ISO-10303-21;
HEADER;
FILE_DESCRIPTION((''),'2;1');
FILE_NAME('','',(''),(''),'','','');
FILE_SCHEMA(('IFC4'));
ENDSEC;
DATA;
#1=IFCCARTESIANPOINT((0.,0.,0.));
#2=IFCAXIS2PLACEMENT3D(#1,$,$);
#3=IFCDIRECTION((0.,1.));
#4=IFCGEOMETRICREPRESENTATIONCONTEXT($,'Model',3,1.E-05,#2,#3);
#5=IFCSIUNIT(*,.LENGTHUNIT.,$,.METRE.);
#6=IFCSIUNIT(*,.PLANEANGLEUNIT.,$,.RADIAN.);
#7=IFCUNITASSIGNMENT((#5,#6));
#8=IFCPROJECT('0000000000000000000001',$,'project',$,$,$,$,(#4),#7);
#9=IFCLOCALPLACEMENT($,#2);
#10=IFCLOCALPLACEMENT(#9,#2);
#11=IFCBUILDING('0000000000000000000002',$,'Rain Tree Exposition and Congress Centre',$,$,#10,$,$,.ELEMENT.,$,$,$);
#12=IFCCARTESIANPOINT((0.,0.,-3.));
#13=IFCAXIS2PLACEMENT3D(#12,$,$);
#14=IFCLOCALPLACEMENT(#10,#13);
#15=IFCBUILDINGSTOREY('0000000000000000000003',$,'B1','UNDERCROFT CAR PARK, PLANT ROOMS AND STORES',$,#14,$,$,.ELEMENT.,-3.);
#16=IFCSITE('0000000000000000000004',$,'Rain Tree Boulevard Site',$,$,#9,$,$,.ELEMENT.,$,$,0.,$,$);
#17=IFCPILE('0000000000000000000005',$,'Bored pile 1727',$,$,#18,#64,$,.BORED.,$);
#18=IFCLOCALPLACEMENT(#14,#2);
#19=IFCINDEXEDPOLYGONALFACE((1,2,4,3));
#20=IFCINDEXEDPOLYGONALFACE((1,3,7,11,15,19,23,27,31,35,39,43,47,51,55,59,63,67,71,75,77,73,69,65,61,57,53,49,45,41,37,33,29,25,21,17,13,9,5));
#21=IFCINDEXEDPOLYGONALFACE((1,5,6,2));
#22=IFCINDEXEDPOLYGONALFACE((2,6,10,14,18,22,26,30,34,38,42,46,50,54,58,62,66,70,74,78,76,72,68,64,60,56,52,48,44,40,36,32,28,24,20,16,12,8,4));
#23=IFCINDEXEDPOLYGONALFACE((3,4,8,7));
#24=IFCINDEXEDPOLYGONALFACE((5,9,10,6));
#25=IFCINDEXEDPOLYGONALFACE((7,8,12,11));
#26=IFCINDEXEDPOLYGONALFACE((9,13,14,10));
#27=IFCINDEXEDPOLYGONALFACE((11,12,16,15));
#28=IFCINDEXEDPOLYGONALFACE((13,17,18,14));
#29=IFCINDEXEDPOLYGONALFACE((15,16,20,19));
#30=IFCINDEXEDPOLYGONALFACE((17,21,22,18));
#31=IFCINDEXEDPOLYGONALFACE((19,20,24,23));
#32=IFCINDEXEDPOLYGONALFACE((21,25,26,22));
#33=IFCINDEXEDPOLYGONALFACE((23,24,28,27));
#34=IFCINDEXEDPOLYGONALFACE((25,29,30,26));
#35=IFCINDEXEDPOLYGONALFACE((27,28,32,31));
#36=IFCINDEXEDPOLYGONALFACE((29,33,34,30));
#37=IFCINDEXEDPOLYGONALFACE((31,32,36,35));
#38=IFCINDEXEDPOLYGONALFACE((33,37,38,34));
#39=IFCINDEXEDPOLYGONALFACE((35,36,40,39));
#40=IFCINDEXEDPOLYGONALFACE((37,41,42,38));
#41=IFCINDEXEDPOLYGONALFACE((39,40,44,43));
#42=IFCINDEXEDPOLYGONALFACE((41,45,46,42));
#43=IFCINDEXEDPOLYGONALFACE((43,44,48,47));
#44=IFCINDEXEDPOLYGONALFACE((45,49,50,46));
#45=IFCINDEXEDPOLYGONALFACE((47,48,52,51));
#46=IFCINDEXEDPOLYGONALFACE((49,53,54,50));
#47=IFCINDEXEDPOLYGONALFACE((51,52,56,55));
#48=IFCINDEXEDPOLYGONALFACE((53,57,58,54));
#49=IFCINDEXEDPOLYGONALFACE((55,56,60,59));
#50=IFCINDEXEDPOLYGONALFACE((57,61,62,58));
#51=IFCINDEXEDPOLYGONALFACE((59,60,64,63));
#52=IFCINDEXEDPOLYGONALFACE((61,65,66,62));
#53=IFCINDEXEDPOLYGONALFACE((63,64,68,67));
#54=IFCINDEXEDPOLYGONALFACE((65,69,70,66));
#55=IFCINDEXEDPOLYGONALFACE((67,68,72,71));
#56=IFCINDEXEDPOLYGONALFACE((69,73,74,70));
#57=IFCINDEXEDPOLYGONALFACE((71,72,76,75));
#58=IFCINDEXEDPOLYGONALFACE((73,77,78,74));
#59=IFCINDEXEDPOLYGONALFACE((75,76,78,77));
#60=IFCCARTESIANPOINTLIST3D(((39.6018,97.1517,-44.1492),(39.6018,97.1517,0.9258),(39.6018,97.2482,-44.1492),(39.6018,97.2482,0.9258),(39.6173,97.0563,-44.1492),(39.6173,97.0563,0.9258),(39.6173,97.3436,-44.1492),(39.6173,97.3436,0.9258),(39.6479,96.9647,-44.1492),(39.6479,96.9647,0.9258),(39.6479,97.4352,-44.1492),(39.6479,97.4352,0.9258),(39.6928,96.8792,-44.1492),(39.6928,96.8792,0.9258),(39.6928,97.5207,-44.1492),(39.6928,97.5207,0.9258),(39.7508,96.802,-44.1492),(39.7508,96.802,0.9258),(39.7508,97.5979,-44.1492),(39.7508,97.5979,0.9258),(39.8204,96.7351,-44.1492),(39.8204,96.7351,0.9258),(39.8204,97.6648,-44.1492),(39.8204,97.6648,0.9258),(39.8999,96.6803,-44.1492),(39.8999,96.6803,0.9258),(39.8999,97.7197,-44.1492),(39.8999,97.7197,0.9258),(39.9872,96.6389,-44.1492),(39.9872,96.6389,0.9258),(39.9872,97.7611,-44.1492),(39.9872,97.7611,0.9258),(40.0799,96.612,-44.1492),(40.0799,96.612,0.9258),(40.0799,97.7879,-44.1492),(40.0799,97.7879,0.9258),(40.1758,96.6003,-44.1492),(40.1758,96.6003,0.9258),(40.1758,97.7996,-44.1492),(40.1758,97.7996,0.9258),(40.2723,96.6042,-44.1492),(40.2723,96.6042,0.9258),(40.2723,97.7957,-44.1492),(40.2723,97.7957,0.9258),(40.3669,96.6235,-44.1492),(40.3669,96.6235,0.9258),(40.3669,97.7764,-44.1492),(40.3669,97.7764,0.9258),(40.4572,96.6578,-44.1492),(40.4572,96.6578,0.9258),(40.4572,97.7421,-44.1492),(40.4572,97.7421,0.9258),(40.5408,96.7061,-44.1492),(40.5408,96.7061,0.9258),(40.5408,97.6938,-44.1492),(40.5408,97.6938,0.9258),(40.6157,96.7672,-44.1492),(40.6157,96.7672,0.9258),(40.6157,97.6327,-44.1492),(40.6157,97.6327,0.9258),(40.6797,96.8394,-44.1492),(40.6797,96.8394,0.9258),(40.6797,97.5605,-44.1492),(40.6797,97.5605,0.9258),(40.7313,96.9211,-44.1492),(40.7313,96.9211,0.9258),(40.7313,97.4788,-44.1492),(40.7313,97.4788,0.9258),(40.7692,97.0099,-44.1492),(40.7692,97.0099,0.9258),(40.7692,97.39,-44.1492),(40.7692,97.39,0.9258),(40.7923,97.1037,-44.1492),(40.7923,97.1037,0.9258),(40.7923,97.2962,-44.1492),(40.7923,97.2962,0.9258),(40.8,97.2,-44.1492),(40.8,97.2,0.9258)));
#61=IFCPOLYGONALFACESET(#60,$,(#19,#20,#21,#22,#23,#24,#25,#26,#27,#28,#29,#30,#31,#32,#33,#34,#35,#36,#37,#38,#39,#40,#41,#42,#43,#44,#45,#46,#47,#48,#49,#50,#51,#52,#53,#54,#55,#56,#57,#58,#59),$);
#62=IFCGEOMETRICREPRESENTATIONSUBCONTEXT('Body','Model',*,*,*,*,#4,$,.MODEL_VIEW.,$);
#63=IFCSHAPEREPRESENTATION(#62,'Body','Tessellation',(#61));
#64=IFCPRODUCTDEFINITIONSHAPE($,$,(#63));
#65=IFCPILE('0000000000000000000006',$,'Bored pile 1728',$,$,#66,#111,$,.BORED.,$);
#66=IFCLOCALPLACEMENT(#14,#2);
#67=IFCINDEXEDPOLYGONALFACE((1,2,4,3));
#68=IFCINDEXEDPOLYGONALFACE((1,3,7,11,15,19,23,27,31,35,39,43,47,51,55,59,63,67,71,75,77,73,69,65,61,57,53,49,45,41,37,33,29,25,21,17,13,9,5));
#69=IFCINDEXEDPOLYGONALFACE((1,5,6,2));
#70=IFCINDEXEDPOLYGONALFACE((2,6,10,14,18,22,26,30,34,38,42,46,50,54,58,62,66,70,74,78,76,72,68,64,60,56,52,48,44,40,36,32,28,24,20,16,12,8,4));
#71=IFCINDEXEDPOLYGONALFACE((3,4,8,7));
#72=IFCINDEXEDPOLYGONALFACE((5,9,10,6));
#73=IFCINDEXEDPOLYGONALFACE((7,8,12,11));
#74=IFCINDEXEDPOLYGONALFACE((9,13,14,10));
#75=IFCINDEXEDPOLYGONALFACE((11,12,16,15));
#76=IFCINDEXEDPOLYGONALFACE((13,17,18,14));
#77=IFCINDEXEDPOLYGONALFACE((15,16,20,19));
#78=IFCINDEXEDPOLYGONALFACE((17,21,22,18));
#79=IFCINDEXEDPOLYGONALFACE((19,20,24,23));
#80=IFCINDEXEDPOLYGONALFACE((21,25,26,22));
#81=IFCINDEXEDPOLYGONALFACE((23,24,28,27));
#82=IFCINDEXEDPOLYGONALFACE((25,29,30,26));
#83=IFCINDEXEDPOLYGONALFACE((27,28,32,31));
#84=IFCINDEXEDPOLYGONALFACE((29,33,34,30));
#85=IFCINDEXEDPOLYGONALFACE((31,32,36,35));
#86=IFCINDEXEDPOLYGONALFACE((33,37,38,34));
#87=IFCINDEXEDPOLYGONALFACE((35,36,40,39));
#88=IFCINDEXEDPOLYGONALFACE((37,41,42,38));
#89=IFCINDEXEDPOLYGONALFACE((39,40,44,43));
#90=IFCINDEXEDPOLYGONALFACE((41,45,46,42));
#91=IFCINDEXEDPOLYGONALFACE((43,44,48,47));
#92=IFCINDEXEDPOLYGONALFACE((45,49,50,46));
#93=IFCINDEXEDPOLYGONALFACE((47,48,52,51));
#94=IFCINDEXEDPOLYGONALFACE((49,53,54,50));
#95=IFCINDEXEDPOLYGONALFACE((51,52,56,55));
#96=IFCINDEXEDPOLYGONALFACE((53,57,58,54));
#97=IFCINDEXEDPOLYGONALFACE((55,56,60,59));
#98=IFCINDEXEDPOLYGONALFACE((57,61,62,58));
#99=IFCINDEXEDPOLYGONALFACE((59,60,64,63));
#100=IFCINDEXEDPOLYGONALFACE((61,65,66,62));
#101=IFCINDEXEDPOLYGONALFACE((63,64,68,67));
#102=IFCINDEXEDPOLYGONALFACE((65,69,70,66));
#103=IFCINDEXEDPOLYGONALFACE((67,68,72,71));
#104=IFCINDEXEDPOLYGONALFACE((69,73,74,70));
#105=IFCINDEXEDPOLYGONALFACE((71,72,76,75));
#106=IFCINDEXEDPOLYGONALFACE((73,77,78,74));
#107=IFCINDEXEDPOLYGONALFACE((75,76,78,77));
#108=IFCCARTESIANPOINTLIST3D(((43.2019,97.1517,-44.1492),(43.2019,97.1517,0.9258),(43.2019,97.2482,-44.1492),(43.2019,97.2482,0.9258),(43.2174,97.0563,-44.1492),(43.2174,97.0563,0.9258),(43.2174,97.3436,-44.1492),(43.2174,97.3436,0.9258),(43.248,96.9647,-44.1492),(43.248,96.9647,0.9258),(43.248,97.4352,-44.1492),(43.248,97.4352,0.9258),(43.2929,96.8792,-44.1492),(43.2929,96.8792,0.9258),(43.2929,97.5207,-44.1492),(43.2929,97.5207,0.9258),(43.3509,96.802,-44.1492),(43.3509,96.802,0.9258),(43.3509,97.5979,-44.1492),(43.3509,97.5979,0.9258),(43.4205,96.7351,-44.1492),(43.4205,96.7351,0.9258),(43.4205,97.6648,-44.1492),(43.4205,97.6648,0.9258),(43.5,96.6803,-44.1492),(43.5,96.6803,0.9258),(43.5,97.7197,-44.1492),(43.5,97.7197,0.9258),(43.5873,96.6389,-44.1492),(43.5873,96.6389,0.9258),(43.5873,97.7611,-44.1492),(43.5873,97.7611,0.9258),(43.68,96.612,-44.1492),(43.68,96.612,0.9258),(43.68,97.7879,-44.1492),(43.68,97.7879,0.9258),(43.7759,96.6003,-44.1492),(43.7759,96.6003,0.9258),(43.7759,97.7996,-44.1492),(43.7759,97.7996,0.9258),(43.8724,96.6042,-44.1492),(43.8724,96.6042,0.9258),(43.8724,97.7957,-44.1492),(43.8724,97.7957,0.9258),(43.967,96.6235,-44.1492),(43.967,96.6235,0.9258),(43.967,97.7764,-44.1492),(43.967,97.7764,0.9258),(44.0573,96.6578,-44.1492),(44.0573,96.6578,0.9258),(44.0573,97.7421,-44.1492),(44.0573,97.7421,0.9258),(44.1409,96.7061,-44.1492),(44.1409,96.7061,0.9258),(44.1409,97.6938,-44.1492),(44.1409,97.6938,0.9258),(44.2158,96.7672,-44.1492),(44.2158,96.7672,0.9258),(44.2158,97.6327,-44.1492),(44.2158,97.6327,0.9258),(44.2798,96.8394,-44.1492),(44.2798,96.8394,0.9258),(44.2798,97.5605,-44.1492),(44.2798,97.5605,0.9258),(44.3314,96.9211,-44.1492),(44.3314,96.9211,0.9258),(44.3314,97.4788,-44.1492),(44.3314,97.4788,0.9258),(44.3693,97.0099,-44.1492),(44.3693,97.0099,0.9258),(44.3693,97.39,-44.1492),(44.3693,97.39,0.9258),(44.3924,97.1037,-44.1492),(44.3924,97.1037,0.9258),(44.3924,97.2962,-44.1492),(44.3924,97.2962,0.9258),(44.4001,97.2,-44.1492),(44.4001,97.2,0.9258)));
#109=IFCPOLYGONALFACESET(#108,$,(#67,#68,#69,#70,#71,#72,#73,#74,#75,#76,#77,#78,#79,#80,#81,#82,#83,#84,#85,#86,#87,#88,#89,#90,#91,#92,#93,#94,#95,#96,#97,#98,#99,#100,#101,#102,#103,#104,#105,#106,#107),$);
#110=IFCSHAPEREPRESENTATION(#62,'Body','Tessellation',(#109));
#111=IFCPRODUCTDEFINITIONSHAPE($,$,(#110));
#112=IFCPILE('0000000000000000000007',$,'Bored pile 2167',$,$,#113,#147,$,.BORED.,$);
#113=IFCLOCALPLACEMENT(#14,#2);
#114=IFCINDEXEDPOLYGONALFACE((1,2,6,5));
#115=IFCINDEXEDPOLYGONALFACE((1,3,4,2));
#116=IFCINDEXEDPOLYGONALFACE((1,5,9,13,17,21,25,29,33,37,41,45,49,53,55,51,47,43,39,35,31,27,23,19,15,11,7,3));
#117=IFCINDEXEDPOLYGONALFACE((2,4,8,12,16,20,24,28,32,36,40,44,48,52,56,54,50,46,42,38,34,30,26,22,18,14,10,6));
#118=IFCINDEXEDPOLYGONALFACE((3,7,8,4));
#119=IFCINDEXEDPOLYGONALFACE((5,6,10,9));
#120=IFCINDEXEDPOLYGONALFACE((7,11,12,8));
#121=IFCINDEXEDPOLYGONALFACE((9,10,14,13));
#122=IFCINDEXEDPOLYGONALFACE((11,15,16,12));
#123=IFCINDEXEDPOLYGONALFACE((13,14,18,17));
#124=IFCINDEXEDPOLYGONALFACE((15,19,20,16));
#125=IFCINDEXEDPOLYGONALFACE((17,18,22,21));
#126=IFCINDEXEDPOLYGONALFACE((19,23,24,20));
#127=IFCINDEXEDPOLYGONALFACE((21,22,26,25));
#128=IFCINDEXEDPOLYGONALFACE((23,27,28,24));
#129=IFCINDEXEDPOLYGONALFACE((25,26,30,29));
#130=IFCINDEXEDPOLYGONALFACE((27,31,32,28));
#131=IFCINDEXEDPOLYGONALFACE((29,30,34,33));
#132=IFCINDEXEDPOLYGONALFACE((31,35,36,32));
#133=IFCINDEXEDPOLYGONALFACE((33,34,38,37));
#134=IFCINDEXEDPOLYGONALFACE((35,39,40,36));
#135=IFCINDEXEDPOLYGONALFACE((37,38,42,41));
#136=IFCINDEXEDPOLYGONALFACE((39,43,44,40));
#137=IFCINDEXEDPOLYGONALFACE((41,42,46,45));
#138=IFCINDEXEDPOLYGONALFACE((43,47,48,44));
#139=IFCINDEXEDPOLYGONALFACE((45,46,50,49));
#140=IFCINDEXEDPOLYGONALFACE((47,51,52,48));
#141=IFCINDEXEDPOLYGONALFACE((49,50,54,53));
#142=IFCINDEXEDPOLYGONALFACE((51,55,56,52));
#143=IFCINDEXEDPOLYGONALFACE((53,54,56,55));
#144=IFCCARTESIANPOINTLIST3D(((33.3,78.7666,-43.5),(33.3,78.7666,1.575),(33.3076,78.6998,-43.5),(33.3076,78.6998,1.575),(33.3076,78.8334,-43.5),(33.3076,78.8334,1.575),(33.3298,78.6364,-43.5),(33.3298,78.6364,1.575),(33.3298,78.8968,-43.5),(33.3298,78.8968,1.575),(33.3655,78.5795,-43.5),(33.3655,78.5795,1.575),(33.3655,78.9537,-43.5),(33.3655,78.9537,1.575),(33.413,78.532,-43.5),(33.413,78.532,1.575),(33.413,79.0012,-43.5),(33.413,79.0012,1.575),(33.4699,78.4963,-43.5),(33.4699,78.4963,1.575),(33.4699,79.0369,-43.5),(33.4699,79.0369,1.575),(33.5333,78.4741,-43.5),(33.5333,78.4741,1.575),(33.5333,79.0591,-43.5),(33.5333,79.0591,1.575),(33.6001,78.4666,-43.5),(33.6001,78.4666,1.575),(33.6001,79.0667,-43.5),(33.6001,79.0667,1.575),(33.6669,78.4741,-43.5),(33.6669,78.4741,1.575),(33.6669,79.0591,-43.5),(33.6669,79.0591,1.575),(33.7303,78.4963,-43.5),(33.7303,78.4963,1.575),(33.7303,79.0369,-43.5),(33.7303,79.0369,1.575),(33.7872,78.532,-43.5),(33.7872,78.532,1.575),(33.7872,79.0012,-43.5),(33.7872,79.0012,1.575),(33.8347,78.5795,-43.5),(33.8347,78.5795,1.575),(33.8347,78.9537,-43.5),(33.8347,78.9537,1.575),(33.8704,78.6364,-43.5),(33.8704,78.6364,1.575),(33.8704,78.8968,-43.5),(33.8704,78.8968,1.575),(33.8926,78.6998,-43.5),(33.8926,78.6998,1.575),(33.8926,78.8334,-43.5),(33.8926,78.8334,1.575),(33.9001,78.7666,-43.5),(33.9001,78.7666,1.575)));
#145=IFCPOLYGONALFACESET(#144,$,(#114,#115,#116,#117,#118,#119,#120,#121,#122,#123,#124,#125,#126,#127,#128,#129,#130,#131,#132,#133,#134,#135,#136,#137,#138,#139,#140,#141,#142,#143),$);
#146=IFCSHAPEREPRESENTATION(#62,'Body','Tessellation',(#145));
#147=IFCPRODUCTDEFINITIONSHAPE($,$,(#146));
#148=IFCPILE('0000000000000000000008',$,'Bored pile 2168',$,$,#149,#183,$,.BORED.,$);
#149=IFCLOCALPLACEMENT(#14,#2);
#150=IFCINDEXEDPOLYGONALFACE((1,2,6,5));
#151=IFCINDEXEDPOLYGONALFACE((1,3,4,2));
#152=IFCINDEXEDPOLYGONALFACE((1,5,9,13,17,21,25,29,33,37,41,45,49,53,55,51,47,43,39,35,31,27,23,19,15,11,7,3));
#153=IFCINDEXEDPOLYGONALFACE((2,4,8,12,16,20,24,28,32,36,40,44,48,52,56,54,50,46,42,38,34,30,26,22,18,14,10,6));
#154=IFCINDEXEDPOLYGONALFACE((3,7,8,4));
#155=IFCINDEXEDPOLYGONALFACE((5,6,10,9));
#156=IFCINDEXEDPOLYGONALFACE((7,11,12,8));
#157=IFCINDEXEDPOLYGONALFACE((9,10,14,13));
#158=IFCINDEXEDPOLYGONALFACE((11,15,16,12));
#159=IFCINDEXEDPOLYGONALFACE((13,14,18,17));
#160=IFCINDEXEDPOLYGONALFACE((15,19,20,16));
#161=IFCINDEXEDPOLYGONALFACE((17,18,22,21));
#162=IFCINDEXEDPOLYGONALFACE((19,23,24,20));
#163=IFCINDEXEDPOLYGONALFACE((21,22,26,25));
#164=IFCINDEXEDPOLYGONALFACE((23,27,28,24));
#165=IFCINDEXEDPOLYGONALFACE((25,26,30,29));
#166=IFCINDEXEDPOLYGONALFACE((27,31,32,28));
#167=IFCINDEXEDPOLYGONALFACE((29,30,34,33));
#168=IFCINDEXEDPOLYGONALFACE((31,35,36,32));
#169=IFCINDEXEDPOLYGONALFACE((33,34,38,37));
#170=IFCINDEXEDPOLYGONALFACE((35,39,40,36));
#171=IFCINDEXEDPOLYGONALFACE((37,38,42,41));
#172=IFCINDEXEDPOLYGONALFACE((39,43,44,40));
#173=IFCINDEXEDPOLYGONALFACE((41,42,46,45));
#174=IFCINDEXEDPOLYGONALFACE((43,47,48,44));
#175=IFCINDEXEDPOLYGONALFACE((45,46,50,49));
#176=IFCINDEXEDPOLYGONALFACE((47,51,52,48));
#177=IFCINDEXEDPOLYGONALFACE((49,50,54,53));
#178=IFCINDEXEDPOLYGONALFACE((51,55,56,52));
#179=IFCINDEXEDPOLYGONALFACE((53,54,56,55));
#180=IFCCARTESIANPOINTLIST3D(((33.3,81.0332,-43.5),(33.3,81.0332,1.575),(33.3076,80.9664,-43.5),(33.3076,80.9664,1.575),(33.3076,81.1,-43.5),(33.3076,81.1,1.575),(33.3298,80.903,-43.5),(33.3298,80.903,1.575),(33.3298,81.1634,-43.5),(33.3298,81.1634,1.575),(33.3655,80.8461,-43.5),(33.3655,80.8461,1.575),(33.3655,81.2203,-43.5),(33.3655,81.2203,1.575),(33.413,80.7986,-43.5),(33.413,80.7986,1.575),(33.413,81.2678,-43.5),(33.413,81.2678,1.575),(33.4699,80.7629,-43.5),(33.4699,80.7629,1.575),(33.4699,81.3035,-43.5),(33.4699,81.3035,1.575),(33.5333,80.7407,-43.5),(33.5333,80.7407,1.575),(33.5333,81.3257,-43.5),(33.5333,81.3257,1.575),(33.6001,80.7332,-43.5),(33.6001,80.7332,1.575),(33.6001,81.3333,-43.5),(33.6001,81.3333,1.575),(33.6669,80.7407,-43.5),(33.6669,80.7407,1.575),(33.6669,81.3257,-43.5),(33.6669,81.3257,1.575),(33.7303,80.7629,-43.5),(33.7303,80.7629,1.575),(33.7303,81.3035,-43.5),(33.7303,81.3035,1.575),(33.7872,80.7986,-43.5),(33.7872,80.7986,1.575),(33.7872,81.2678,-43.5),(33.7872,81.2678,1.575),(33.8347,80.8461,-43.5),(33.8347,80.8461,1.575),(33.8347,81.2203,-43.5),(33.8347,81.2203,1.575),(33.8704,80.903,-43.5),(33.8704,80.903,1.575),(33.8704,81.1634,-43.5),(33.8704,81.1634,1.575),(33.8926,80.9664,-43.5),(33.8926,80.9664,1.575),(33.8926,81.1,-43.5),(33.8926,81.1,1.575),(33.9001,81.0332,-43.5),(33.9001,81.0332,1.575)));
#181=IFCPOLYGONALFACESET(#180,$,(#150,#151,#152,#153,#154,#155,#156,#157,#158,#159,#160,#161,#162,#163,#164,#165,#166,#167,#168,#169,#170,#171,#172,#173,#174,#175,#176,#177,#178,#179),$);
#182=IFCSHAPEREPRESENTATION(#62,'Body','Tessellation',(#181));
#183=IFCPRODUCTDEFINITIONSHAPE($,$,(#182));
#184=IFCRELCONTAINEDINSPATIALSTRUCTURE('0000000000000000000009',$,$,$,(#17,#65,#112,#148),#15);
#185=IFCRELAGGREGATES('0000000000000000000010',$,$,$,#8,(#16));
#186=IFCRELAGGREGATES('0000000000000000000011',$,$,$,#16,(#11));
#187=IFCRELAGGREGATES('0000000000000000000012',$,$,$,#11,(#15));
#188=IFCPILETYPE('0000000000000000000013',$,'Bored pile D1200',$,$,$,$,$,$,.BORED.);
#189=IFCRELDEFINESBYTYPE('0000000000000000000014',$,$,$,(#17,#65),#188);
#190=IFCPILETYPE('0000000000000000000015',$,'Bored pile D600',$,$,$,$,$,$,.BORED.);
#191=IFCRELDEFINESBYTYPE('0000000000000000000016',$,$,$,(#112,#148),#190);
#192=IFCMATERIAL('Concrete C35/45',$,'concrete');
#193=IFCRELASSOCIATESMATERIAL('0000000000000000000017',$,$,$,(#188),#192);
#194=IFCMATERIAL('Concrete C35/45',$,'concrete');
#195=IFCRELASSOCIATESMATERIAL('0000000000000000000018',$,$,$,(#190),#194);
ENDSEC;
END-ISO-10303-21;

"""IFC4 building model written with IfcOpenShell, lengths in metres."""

from ifc_helpers import new_model, si_unit, direction, frame, origin, origin_2d, place, context, subcontext, project, spatial, circle, extrude, material, material_profile, profile_set, type_object, element, save


model = new_model("IFC4")

# Units and contexts
model_context = context("Model", 3, precision=1e-05, world=origin(), true_north=direction((0.0, 1.0)))
body_context = subcontext(model_context, "Body", "Model", "MODEL_VIEW")
ifc_project = project(units=[si_unit("LENGTHUNIT", "METRE"), si_unit("PLANEANGLEUNIT", "RADIAN")], contexts=[model_context])

# Site, building, storey
site_placement = place(None, origin())
site = spatial("IfcSite", under=ifc_project, at=site_placement, Name="Rain Tree Boulevard Site", CompositionType="ELEMENT", RefElevation=0.0)
building_placement = place(site_placement, origin())
building = spatial("IfcBuilding", under=site, at=building_placement, Name="Rain Tree Exposition and Congress Centre", CompositionType="ELEMENT")
storey_placement = place(building_placement, frame((0.0, 0.0, -3.0)))
storey = spatial("IfcBuildingStorey", under=building, at=storey_placement, Name="B1", Description="UNDERCROFT CAR PARK, PLANT ROOMS AND STORES", CompositionType="ELEMENT", Elevation=-3.0)

# Piles
ifc_material_1 = material(Name="Concrete C35/45", Category="concrete")
ifc_material_profile_1 = material_profile(ifc_material_1, circle(Radius=0.6001, at=origin_2d()), Name="D1200")
ifc_profile_set_1 = profile_set([ifc_material_profile_1], Name="Concrete C35/45")
pile_type_1 = type_object("IfcPileType", Name="Bored pile D1200", PredefinedType="BORED", material=ifc_profile_set_1)
for number, where, z_axis, x_axis, name in (
    (1, (40.2, 97.2, 0.9258), (0.0, 0.0, -1.0), (1.0, 0.0, 0.0), "Bored pile 1727"),
    (2, (43.8, 97.2, 0.9258), (0.0, 0.0, -1.0), (1.0, 0.0, 0.0), "Bored pile 1728"),
):
    element("IfcPile", number, at=place(storey_placement, frame(where, z_axis=z_axis, x_axis=x_axis)), inside=storey, type_object=pile_type_1, Name=name, PredefinedType="BORED", context=body_context, shape_type="SweptSolid", body=[
        extrude(circle(Radius=0.6001, at=origin_2d()), origin(), (0.0, 0.0, 1.0), 45.075),
    ])
ifc_material_2 = material(Name="Concrete C35/45", Category="concrete")
ifc_material_profile_2 = material_profile(ifc_material_2, circle(Radius=0.3, at=origin_2d()), Name="D600")
ifc_profile_set_2 = profile_set([ifc_material_profile_2], Name="Concrete C35/45")
pile_type_2 = type_object("IfcPileType", Name="Bored pile D600", PredefinedType="BORED", material=ifc_profile_set_2)
for number, where, z_axis, x_axis, name in (
    (3, (33.6001, 78.7666, 1.575), (0.0, 0.0, -1.0), (1.0, 0.0, 0.0), "Bored pile 2167"),
    (4, (33.6001, 81.0332, 1.575), (0.0, 0.0, -1.0), (1.0, 0.0, 0.0), "Bored pile 2168"),
):
    element("IfcPile", number, at=place(storey_placement, frame(where, z_axis=z_axis, x_axis=x_axis)), inside=storey, type_object=pile_type_2, Name=name, PredefinedType="BORED", context=body_context, shape_type="SweptSolid", body=[
        extrude(circle(Radius=0.3, at=origin_2d()), origin(), (0.0, 0.0, 1.0), 45.075),
    ])

save(model, "model.ifc")
